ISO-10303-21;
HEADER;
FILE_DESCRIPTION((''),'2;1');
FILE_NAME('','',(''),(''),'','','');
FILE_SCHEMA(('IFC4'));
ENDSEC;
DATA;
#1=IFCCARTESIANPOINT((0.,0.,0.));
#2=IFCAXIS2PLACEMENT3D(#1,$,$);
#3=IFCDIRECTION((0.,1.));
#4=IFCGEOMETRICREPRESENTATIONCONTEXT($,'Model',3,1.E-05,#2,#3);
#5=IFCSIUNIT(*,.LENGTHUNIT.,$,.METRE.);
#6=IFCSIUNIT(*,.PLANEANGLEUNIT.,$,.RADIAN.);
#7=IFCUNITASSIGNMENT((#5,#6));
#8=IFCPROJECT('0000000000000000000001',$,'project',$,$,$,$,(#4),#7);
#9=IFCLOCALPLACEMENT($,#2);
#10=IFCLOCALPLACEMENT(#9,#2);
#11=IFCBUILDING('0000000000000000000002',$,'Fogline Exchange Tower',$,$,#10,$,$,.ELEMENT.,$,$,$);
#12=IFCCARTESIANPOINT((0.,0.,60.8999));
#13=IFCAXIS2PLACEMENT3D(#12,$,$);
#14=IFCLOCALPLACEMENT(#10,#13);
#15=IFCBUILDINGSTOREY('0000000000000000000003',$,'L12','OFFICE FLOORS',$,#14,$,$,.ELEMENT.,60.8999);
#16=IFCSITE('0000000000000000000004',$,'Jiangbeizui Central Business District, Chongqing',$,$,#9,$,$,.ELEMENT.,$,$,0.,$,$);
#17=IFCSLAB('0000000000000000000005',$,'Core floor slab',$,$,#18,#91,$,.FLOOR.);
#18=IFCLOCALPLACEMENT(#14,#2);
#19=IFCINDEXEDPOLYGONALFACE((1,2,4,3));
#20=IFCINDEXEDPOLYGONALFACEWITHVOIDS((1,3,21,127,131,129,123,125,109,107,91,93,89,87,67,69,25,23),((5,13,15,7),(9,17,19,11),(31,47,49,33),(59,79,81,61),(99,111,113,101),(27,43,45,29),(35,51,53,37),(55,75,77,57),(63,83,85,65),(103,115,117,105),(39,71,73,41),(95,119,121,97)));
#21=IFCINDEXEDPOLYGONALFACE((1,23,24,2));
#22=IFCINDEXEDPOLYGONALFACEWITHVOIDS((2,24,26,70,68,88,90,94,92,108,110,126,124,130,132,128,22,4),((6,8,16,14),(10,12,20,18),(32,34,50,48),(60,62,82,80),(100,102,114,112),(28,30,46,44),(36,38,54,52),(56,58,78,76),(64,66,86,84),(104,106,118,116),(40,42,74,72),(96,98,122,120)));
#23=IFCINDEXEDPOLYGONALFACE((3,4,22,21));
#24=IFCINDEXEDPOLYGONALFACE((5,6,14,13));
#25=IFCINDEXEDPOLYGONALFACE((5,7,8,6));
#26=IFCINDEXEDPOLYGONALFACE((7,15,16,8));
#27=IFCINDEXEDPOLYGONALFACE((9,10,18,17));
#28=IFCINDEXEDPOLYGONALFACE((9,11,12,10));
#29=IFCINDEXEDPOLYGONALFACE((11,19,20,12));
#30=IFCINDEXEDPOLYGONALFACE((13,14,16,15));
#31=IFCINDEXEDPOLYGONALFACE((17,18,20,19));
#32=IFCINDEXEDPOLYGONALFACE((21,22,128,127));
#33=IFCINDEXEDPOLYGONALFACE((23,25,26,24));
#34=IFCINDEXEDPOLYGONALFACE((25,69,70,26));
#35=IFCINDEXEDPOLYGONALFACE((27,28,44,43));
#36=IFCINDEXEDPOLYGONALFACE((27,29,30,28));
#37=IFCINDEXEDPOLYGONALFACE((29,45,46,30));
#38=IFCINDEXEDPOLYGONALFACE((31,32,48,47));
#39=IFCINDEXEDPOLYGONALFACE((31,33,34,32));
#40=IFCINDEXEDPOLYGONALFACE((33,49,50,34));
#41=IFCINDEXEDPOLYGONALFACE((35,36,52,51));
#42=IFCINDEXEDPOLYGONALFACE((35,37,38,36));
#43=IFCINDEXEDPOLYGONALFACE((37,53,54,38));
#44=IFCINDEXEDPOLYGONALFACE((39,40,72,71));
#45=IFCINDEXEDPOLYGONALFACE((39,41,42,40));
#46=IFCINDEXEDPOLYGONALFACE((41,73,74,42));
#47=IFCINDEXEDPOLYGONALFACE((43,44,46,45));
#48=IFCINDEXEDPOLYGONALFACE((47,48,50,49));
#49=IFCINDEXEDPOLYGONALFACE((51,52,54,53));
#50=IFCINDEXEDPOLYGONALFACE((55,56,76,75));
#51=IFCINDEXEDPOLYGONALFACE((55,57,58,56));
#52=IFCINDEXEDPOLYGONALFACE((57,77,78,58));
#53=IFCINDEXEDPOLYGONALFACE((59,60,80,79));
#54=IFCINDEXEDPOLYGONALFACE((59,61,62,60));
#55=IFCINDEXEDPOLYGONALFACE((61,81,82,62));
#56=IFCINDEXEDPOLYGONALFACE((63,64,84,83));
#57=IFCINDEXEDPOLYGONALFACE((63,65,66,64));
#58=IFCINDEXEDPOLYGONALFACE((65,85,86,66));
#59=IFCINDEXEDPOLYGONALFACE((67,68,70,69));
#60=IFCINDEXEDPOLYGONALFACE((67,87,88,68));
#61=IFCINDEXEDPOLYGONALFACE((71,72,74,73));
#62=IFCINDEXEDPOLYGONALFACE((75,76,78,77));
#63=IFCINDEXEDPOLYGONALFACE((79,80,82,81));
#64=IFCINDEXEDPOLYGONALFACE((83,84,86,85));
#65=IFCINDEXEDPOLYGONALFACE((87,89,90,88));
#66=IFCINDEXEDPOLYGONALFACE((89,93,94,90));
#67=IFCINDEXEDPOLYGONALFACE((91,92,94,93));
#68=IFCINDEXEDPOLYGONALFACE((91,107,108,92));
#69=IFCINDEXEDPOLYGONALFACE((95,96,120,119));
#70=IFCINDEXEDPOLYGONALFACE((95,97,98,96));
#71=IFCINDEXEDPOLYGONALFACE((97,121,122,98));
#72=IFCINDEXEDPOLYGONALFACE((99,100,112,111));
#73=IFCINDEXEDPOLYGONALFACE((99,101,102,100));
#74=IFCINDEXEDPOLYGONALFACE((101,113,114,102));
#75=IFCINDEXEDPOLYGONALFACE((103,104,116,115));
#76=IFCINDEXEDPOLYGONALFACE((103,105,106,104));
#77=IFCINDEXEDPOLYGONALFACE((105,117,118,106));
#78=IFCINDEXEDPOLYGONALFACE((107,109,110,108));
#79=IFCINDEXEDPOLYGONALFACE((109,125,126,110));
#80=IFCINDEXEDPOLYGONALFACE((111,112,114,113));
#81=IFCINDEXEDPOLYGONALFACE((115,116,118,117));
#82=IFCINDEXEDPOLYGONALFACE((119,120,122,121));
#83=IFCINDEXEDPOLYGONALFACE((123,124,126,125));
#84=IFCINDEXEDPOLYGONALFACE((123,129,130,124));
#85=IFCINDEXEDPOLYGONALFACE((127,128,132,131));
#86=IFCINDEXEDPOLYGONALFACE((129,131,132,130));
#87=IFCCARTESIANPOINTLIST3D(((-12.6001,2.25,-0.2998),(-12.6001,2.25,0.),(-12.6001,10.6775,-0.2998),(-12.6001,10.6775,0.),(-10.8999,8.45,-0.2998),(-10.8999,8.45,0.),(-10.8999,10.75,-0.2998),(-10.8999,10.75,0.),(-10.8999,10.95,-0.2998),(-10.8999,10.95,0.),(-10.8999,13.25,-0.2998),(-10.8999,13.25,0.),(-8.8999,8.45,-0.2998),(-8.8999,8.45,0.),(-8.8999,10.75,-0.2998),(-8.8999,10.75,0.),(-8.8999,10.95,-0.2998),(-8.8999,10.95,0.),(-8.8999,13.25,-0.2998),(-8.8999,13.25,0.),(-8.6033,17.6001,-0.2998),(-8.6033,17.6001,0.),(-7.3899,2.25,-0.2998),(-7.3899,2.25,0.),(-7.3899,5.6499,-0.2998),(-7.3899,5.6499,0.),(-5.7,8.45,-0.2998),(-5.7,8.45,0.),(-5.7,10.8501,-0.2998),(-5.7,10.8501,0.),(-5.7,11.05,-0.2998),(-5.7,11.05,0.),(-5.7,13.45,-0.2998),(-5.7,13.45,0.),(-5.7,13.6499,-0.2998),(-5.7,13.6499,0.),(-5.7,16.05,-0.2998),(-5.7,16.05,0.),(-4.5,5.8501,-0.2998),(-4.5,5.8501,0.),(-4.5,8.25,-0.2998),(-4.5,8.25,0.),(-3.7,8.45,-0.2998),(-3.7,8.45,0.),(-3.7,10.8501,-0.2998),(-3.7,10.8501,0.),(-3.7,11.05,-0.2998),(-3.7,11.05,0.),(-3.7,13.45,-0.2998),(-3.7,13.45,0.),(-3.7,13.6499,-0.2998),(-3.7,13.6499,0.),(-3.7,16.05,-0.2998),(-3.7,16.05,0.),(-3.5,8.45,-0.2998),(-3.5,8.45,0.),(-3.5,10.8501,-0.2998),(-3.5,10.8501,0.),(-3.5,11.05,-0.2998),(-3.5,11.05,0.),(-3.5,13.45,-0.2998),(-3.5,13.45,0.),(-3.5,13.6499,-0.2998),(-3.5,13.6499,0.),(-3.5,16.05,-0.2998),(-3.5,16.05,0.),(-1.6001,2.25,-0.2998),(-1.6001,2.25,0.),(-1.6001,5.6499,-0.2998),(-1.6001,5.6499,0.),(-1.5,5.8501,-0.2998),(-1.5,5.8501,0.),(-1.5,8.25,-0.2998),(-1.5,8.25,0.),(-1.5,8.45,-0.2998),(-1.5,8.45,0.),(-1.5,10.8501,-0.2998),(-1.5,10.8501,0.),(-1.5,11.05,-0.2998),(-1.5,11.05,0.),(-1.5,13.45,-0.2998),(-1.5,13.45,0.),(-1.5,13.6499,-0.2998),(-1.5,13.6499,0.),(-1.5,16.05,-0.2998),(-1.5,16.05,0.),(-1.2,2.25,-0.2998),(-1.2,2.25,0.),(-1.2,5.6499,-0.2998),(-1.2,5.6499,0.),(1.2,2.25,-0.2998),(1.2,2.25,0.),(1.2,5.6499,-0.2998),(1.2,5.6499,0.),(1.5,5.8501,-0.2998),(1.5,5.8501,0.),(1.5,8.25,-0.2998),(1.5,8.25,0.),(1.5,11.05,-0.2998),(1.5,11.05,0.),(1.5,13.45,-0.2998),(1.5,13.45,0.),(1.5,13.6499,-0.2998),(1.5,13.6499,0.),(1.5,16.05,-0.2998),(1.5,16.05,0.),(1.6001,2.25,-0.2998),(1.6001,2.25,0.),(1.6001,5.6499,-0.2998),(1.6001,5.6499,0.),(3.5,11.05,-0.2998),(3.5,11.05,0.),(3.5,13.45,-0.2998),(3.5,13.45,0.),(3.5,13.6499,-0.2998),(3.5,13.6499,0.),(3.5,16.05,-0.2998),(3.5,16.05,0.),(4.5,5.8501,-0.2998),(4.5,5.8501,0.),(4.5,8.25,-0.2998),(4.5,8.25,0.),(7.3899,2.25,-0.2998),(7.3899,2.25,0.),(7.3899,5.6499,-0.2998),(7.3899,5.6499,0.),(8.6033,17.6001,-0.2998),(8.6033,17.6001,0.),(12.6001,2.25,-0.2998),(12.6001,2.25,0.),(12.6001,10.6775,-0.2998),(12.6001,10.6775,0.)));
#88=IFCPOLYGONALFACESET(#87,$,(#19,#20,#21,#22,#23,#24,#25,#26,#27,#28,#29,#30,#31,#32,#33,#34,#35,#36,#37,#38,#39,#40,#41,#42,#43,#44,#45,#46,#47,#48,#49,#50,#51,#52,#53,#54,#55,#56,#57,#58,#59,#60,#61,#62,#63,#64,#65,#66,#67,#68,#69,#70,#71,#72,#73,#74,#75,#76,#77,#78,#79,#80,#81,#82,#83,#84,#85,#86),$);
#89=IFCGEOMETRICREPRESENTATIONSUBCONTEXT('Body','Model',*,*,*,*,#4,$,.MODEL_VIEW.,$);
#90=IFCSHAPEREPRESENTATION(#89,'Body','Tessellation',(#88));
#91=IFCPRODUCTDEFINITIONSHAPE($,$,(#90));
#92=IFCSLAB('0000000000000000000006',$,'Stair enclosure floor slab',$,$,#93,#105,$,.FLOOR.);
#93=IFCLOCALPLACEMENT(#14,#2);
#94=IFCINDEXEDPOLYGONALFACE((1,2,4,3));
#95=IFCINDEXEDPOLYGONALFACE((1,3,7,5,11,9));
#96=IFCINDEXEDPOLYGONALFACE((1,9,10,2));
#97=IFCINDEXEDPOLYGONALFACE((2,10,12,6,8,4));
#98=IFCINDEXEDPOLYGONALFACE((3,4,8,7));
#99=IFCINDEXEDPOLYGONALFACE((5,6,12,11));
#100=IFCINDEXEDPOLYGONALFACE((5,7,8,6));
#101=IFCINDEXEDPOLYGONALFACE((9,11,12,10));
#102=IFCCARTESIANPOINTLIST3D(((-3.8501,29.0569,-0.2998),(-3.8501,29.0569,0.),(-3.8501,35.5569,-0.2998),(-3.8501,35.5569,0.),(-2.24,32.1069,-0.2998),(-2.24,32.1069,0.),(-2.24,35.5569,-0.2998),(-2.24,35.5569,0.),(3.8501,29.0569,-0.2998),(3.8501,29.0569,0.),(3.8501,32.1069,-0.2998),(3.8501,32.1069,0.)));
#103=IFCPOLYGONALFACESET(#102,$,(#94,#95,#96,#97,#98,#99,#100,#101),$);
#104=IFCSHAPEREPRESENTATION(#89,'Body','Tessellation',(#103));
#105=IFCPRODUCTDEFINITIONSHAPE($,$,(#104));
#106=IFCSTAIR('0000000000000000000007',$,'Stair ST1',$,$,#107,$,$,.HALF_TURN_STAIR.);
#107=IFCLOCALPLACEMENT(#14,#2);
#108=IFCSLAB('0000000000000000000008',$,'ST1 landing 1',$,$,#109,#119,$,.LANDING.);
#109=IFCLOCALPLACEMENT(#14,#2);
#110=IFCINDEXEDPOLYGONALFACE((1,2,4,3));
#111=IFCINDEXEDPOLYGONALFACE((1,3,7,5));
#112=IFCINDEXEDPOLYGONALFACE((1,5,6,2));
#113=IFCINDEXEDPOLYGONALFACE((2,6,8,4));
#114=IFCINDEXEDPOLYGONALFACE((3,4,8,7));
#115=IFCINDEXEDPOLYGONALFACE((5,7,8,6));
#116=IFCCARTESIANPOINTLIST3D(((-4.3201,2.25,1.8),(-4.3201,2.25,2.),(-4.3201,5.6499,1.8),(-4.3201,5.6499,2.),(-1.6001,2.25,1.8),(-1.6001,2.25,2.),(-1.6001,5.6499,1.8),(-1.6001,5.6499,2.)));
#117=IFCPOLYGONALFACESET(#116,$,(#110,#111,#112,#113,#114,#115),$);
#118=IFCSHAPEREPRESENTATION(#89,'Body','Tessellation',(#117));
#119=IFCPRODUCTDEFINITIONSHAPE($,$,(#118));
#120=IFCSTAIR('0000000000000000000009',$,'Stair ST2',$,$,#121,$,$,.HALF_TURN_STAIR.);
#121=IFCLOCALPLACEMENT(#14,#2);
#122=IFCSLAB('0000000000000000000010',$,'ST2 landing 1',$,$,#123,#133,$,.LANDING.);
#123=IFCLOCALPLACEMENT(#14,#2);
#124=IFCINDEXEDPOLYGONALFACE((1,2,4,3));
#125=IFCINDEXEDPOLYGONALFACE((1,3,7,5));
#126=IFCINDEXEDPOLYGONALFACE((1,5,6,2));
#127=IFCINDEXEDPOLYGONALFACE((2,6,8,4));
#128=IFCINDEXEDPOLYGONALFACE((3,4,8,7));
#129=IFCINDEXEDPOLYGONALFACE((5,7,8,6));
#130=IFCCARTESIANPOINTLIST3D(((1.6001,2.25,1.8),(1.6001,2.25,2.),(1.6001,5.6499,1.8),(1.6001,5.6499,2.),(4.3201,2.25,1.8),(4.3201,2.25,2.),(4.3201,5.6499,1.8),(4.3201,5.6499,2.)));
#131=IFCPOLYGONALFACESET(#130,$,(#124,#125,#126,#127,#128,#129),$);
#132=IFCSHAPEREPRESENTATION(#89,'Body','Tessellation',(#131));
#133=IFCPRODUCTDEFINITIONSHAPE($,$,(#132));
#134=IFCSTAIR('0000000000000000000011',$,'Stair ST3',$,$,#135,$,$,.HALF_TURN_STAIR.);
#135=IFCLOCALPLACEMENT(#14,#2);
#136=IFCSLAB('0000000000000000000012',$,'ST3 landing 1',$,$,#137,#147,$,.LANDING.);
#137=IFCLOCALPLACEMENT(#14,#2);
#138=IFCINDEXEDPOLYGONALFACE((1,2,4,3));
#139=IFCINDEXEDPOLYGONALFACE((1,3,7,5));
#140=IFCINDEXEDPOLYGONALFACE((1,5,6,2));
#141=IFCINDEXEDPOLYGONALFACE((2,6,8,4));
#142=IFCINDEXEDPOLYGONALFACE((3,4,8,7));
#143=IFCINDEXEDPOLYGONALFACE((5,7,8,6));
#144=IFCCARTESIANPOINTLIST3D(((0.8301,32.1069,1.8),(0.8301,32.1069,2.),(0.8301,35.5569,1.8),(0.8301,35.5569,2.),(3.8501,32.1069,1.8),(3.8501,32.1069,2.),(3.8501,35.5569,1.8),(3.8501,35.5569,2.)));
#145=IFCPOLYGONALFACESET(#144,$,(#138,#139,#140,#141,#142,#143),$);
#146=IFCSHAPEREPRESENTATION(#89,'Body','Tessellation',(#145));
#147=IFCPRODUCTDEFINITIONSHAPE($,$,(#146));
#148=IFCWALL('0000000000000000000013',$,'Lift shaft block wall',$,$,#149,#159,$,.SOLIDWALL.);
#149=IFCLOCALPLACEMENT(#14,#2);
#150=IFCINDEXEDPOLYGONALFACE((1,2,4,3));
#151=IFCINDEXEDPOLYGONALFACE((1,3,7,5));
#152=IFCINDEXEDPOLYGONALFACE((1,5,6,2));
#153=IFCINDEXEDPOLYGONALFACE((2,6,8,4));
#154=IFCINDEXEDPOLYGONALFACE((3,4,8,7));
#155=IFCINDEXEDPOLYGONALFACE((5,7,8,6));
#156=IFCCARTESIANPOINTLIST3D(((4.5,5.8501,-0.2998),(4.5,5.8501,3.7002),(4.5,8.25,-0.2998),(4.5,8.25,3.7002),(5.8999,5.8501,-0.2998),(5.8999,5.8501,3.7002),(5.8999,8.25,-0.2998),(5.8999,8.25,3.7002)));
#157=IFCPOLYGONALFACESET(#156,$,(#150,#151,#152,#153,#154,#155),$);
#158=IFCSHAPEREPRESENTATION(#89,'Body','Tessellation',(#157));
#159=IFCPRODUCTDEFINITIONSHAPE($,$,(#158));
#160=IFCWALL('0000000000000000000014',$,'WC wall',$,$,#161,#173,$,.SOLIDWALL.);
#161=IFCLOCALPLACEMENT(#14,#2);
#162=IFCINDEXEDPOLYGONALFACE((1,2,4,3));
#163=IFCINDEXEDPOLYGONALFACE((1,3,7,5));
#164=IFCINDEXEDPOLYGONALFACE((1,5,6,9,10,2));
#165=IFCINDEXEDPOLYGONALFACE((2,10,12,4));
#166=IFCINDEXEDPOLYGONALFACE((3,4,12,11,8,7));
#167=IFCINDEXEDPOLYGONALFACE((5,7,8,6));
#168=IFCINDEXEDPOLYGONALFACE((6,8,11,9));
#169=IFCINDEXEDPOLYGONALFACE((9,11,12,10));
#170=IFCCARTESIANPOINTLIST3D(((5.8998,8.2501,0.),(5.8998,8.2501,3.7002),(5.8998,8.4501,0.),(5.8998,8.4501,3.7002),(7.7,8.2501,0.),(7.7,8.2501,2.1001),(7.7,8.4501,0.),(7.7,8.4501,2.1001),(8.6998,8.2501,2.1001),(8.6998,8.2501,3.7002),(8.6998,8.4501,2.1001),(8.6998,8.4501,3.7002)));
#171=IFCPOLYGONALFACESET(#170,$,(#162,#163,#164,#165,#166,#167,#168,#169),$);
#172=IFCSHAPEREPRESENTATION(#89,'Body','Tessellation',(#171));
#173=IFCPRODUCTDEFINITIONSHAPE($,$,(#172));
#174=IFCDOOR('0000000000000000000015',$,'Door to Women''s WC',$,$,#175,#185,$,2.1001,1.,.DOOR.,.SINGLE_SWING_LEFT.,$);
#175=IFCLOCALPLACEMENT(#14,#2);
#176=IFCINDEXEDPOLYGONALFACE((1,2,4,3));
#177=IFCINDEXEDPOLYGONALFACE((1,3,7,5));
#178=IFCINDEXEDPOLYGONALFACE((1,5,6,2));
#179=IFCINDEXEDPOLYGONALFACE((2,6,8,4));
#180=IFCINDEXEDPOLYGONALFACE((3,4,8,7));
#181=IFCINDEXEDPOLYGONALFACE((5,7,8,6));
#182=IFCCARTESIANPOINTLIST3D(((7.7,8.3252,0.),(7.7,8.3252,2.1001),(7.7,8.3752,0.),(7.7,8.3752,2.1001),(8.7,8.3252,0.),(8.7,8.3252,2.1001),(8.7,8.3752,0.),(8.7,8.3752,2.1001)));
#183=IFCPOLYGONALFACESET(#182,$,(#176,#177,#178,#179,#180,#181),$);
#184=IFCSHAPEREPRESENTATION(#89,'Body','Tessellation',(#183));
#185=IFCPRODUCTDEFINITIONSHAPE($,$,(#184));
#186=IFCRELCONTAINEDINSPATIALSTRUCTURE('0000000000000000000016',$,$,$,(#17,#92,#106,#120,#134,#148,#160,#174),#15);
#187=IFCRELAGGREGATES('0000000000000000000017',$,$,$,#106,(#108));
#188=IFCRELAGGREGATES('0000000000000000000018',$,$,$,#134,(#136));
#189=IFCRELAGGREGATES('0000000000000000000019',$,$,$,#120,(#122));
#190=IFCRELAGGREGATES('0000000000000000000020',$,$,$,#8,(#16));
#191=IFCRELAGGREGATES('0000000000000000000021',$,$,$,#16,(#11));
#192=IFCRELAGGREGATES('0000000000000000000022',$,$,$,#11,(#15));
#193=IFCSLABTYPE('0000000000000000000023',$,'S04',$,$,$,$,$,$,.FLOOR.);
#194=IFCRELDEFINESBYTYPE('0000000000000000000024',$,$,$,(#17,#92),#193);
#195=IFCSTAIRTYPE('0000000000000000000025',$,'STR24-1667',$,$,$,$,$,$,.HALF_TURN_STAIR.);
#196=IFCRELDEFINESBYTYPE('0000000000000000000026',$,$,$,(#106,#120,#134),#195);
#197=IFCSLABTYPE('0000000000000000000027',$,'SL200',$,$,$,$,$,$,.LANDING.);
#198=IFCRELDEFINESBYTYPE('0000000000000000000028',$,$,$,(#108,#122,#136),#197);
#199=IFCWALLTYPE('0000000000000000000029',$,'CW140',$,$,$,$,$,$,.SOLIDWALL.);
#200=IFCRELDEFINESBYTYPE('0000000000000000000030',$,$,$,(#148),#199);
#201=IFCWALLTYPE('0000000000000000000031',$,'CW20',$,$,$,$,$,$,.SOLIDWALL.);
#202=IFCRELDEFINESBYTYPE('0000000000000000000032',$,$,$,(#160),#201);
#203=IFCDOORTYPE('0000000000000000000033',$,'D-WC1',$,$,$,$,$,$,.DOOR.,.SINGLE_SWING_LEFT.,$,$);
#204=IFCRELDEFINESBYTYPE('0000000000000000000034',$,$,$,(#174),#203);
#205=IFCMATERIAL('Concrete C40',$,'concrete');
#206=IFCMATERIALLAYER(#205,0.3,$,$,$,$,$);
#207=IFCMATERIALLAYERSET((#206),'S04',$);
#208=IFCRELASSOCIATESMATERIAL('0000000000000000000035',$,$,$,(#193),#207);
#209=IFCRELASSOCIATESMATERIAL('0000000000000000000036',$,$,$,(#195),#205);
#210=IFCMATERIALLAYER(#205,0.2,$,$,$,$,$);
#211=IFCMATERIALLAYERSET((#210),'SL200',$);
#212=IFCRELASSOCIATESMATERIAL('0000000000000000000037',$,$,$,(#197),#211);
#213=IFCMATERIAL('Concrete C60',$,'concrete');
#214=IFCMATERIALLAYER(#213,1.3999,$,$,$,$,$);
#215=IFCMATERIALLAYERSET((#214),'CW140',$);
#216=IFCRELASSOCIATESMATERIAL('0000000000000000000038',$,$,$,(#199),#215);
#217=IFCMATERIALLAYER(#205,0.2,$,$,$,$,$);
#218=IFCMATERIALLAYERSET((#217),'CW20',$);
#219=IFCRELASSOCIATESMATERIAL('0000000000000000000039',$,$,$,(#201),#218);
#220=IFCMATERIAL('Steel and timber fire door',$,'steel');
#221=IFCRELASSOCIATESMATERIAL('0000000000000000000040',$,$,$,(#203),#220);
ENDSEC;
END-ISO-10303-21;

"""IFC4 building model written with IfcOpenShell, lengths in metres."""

from ifc_helpers import new_model, si_unit, direction, frame, frame_2d, origin, place, context, subcontext, project, spatial, polyline, rectangle, outline, extrude, material, layer, layer_set, type_object, element, fill, aggregate, save


model = new_model("IFC4")

# Units and contexts
model_context = context("Model", 3, precision=1e-05, world=origin(), true_north=direction((0.0, 1.0)))
body_context = subcontext(model_context, "Body", "Model", "MODEL_VIEW")
ifc_project = project(units=[si_unit("LENGTHUNIT", "METRE"), si_unit("PLANEANGLEUNIT", "RADIAN")], contexts=[model_context])

# Site, building, storey
site_placement = place(None, origin())
site = spatial("IfcSite", under=ifc_project, at=site_placement, Name="Jiangbeizui Central Business District, Chongqing", CompositionType="ELEMENT", RefElevation=0.0)
building_placement = place(site_placement, origin())
building = spatial("IfcBuilding", under=site, at=building_placement, Name="Fogline Exchange Tower", CompositionType="ELEMENT")
storey_placement = place(building_placement, frame((0.0, 0.0, 60.8999)))
storey = spatial("IfcBuildingStorey", under=building, at=storey_placement, Name="L12", Description="OFFICE FLOORS", CompositionType="ELEMENT", Elevation=60.8999)

# Slabs
ifc_material_1 = material(Name="Concrete C40", Category="concrete")
ifc_layer_1 = layer(ifc_material_1, 0.3)
ifc_layer_set_1 = layer_set([ifc_layer_1], Name="S04")
slab_type_1 = type_object("IfcSlabType", Name="S04", PredefinedType="FLOOR", material=ifc_layer_set_1)
slab_1_placement = place(storey_placement, frame((0.0, 0.0, -0.2998)))
element("IfcSlab", 1, at=slab_1_placement, inside=storey, type_object=slab_type_1, Name="Core floor slab", PredefinedType="FLOOR", context=body_context, shape_type="SweptSolid", body=[
    extrude(outline(polyline([(-12.6001, 2.25), (-12.6001, 10.6775), (-8.6033, 17.6001), (8.6033, 17.6001), (12.6001, 10.6775), (12.6001, 2.25), (7.3899, 2.25), (7.3899, 5.6499), (1.6001, 5.6499), (1.6001, 2.25), (1.2, 2.25), (1.2, 5.6499), (-1.2, 5.6499), (-1.2, 2.25), (-1.6001, 2.25), (-1.6001, 5.6499), (-7.3899, 5.6499), (-7.3899, 2.25), (-12.6001, 2.25)]), holes=[polyline([(-1.5, 8.25), (-4.5, 8.25), (-4.5, 5.8501), (-1.5, 5.8501), (-1.5, 8.25)]), polyline([(-8.8999, 10.75), (-10.8999, 10.75), (-10.8999, 8.45), (-8.8999, 8.45), (-8.8999, 10.75)]), polyline([(-3.7, 10.8501), (-5.7, 10.8501), (-5.7, 8.45), (-3.7, 8.45), (-3.7, 10.8501)]), polyline([(-1.5, 10.8501), (-3.5, 10.8501), (-3.5, 8.45), (-1.5, 8.45), (-1.5, 10.8501)]), polyline([(-8.8999, 13.25), (-10.8999, 13.25), (-10.8999, 10.95), (-8.8999, 10.95), (-8.8999, 13.25)]), polyline([(-3.7, 13.45), (-5.7, 13.45), (-5.7, 11.05), (-3.7, 11.05), (-3.7, 13.45)]), polyline([(-3.7, 16.05), (-5.7, 16.05), (-5.7, 13.6499), (-3.7, 13.6499), (-3.7, 16.05)]), polyline([(4.5, 8.25), (1.5, 8.25), (1.5, 5.8501), (4.5, 5.8501), (4.5, 8.25)]), polyline([(-1.5, 13.45), (-3.5, 13.45), (-3.5, 11.05), (-1.5, 11.05), (-1.5, 13.45)]), polyline([(3.5, 13.45), (1.5, 13.45), (1.5, 11.05), (3.5, 11.05), (3.5, 13.45)]), polyline([(-1.5, 16.05), (-3.5, 16.05), (-3.5, 13.6499), (-1.5, 13.6499), (-1.5, 16.05)]), polyline([(3.5, 16.05), (1.5, 16.05), (1.5, 13.6499), (3.5, 13.6499), (3.5, 16.05)])]), origin(), (0.0, 0.0, 1.0), 0.2998),
])
slab_2_placement = place(storey_placement, frame((0.0, 0.0, -0.2998)))
element("IfcSlab", 2, at=slab_2_placement, inside=storey, type_object=slab_type_1, Name="Stair enclosure floor slab", PredefinedType="FLOOR", context=body_context, shape_type="SweptSolid", body=[
    extrude(outline(polyline([(3.8501, 29.0569), (-3.8501, 29.0569), (-3.8501, 35.5569), (-2.24, 35.5569), (-2.24, 32.1069), (3.8501, 32.1069), (3.8501, 29.0569)])), origin(), (0.0, 0.0, 1.0), 0.2998),
])

# Stairs, slabs
stair_type = type_object("IfcStairType", Name="STR24-1667", PredefinedType="HALF_TURN_STAIR", material=ifc_material_1)
stair_1_placement = place(storey_placement, origin())
stair_1 = element("IfcStair", 3, at=stair_1_placement, inside=storey, type_object=stair_type, Name="Stair ST1", PredefinedType="HALF_TURN_STAIR")
ifc_layer_2 = layer(ifc_material_1, 0.2)
ifc_layer_set_2 = layer_set([ifc_layer_2], Name="SL200")
slab_type_2 = type_object("IfcSlabType", Name="SL200", PredefinedType="LANDING", material=ifc_layer_set_2)
slab_3_placement = place(storey_placement, frame((0.0, 0.0, 1.8)))
slab_3 = element("IfcSlab", 4, at=slab_3_placement, type_object=slab_type_2, Name="ST1 landing 1", PredefinedType="LANDING", context=body_context, shape_type="SweptSolid", body=[
    extrude(outline(polyline([(-4.3201, 2.25), (-1.6001, 2.25), (-1.6001, 5.6499), (-4.3201, 5.6499), (-4.3201, 2.25)])), origin(), (0.0, 0.0, 1.0), 0.2),
])
aggregate(stair_1, [slab_3])
stair_2_placement = place(storey_placement, origin())
stair_2 = element("IfcStair", 5, at=stair_2_placement, inside=storey, type_object=stair_type, Name="Stair ST2", PredefinedType="HALF_TURN_STAIR")
slab_4_placement = place(storey_placement, frame((0.0, 0.0, 1.8)))
slab_4 = element("IfcSlab", 6, at=slab_4_placement, type_object=slab_type_2, Name="ST2 landing 1", PredefinedType="LANDING", context=body_context, shape_type="SweptSolid", body=[
    extrude(outline(polyline([(1.6001, 2.25), (4.3201, 2.25), (4.3201, 5.6499), (1.6001, 5.6499), (1.6001, 2.25)])), origin(), (0.0, 0.0, 1.0), 0.2),
])
stair_3_placement = place(storey_placement, origin())
stair_3 = element("IfcStair", 7, at=stair_3_placement, inside=storey, type_object=stair_type, Name="Stair ST3", PredefinedType="HALF_TURN_STAIR")
slab_5_placement = place(storey_placement, frame((0.0, 0.0, 1.8)))
slab_5 = element("IfcSlab", 8, at=slab_5_placement, type_object=slab_type_2, Name="ST3 landing 1", PredefinedType="LANDING", context=body_context, shape_type="SweptSolid", body=[
    extrude(outline(polyline([(0.8301, 32.1069), (3.8501, 32.1069), (3.8501, 35.5569), (0.8301, 35.5569), (0.8301, 32.1069)])), origin(), (0.0, 0.0, 1.0), 0.2),
])
aggregate(stair_3, [slab_5])

# Wall
ifc_material_2 = material(Name="Concrete C60", Category="concrete")
ifc_layer_3 = layer(ifc_material_2, 1.3999)
ifc_layer_set_3 = layer_set([ifc_layer_3], Name="CW140")
wall_type_1 = type_object("IfcWallType", Name="CW140", PredefinedType="SOLIDWALL", material=ifc_layer_set_3)
wall_1_placement = place(storey_placement, frame((5.2, 5.8501, -0.2998), z_axis=(0.0, 0.0, 1.0), x_axis=(0.0, 1.0, 0.0)))
element("IfcWall", 9, at=wall_1_placement, inside=storey, type_object=wall_type_1, Name="Lift shaft block wall", PredefinedType="SOLIDWALL", context=body_context, shape_type="SweptSolid", body=[
    extrude(rectangle(XDim=2.3999, YDim=1.3999, at=frame_2d((1.2, 0.0))), origin(), (0.0, 0.0, 1.0), 4.0),
])

# Wall, opening, door
ifc_layer_4 = layer(ifc_material_1, 0.2)
ifc_layer_set_4 = layer_set([ifc_layer_4], Name="CW20")
wall_type_2 = type_object("IfcWallType", Name="CW20", PredefinedType="SOLIDWALL", material=ifc_layer_set_4)
wall_2_placement = place(storey_placement, frame((5.8999, 8.3501, 0.0), z_axis=(0.0, 0.0, 1.0), x_axis=(1.0, 0.0, 0.0)))
wall_2 = element("IfcWall", 10, at=wall_2_placement, inside=storey, type_object=wall_type_2, Name="WC wall", PredefinedType="SOLIDWALL", context=body_context, shape_type="SweptSolid", body=[
    extrude(rectangle(XDim=2.8, YDim=0.2, at=frame_2d((1.3999, 0.0))), origin(), (0.0, 0.0, 1.0), 3.7002),
])
opening_1_placement = place(wall_2_placement, frame((1.8, 0.0, 0.0)))
opening_1 = element("IfcOpeningElement", 11, at=opening_1_placement, cuts=wall_2, PredefinedType="OPENING", context=body_context, shape_type="SweptSolid", body=[
    extrude(rectangle(XDim=1.0, YDim=2.1001, at=frame_2d((0.5, 1.05))), frame((0.0, 0.1099, 0.0), z_axis=(0.0, -1.0, 0.0), x_axis=(1.0, 0.0, 0.0)), (0.0, 0.0, 1.0), 0.22),
])
ifc_material_3 = material(Name="Steel and timber fire door", Category="steel")
door_type_1 = type_object("IfcDoorType", Name="D-WC1", OperationType="SINGLE_SWING_LEFT", PredefinedType="DOOR", material=ifc_material_3)
door_1_placement = place(opening_1_placement, frame((1.0, 0.0, 0.0), z_axis=(0.0, 0.0, 1.0), x_axis=(-1.0, 0.0, 0.0)))
door_1 = element("IfcDoor", 12, at=door_1_placement, inside=storey, type_object=door_type_1, Name="Door to Women's WC", OperationType="SINGLE_SWING_LEFT", OverallHeight=2.1001, OverallWidth=1.0, PredefinedType="DOOR", context=body_context, shape_type="SweptSolid", body=[
    extrude(rectangle(XDim=1.0, YDim=2.1001, at=frame_2d((0.5, 1.05))), frame((0.0, 0.0249, 0.0), z_axis=(0.0, -1.0, 0.0), x_axis=(1.0, 0.0, 0.0)), (0.0, 0.0, 1.0), 0.05),
])
fill(opening_1, door_1)

aggregate(stair_2, [slab_4])

save(model, "model.ifc")
